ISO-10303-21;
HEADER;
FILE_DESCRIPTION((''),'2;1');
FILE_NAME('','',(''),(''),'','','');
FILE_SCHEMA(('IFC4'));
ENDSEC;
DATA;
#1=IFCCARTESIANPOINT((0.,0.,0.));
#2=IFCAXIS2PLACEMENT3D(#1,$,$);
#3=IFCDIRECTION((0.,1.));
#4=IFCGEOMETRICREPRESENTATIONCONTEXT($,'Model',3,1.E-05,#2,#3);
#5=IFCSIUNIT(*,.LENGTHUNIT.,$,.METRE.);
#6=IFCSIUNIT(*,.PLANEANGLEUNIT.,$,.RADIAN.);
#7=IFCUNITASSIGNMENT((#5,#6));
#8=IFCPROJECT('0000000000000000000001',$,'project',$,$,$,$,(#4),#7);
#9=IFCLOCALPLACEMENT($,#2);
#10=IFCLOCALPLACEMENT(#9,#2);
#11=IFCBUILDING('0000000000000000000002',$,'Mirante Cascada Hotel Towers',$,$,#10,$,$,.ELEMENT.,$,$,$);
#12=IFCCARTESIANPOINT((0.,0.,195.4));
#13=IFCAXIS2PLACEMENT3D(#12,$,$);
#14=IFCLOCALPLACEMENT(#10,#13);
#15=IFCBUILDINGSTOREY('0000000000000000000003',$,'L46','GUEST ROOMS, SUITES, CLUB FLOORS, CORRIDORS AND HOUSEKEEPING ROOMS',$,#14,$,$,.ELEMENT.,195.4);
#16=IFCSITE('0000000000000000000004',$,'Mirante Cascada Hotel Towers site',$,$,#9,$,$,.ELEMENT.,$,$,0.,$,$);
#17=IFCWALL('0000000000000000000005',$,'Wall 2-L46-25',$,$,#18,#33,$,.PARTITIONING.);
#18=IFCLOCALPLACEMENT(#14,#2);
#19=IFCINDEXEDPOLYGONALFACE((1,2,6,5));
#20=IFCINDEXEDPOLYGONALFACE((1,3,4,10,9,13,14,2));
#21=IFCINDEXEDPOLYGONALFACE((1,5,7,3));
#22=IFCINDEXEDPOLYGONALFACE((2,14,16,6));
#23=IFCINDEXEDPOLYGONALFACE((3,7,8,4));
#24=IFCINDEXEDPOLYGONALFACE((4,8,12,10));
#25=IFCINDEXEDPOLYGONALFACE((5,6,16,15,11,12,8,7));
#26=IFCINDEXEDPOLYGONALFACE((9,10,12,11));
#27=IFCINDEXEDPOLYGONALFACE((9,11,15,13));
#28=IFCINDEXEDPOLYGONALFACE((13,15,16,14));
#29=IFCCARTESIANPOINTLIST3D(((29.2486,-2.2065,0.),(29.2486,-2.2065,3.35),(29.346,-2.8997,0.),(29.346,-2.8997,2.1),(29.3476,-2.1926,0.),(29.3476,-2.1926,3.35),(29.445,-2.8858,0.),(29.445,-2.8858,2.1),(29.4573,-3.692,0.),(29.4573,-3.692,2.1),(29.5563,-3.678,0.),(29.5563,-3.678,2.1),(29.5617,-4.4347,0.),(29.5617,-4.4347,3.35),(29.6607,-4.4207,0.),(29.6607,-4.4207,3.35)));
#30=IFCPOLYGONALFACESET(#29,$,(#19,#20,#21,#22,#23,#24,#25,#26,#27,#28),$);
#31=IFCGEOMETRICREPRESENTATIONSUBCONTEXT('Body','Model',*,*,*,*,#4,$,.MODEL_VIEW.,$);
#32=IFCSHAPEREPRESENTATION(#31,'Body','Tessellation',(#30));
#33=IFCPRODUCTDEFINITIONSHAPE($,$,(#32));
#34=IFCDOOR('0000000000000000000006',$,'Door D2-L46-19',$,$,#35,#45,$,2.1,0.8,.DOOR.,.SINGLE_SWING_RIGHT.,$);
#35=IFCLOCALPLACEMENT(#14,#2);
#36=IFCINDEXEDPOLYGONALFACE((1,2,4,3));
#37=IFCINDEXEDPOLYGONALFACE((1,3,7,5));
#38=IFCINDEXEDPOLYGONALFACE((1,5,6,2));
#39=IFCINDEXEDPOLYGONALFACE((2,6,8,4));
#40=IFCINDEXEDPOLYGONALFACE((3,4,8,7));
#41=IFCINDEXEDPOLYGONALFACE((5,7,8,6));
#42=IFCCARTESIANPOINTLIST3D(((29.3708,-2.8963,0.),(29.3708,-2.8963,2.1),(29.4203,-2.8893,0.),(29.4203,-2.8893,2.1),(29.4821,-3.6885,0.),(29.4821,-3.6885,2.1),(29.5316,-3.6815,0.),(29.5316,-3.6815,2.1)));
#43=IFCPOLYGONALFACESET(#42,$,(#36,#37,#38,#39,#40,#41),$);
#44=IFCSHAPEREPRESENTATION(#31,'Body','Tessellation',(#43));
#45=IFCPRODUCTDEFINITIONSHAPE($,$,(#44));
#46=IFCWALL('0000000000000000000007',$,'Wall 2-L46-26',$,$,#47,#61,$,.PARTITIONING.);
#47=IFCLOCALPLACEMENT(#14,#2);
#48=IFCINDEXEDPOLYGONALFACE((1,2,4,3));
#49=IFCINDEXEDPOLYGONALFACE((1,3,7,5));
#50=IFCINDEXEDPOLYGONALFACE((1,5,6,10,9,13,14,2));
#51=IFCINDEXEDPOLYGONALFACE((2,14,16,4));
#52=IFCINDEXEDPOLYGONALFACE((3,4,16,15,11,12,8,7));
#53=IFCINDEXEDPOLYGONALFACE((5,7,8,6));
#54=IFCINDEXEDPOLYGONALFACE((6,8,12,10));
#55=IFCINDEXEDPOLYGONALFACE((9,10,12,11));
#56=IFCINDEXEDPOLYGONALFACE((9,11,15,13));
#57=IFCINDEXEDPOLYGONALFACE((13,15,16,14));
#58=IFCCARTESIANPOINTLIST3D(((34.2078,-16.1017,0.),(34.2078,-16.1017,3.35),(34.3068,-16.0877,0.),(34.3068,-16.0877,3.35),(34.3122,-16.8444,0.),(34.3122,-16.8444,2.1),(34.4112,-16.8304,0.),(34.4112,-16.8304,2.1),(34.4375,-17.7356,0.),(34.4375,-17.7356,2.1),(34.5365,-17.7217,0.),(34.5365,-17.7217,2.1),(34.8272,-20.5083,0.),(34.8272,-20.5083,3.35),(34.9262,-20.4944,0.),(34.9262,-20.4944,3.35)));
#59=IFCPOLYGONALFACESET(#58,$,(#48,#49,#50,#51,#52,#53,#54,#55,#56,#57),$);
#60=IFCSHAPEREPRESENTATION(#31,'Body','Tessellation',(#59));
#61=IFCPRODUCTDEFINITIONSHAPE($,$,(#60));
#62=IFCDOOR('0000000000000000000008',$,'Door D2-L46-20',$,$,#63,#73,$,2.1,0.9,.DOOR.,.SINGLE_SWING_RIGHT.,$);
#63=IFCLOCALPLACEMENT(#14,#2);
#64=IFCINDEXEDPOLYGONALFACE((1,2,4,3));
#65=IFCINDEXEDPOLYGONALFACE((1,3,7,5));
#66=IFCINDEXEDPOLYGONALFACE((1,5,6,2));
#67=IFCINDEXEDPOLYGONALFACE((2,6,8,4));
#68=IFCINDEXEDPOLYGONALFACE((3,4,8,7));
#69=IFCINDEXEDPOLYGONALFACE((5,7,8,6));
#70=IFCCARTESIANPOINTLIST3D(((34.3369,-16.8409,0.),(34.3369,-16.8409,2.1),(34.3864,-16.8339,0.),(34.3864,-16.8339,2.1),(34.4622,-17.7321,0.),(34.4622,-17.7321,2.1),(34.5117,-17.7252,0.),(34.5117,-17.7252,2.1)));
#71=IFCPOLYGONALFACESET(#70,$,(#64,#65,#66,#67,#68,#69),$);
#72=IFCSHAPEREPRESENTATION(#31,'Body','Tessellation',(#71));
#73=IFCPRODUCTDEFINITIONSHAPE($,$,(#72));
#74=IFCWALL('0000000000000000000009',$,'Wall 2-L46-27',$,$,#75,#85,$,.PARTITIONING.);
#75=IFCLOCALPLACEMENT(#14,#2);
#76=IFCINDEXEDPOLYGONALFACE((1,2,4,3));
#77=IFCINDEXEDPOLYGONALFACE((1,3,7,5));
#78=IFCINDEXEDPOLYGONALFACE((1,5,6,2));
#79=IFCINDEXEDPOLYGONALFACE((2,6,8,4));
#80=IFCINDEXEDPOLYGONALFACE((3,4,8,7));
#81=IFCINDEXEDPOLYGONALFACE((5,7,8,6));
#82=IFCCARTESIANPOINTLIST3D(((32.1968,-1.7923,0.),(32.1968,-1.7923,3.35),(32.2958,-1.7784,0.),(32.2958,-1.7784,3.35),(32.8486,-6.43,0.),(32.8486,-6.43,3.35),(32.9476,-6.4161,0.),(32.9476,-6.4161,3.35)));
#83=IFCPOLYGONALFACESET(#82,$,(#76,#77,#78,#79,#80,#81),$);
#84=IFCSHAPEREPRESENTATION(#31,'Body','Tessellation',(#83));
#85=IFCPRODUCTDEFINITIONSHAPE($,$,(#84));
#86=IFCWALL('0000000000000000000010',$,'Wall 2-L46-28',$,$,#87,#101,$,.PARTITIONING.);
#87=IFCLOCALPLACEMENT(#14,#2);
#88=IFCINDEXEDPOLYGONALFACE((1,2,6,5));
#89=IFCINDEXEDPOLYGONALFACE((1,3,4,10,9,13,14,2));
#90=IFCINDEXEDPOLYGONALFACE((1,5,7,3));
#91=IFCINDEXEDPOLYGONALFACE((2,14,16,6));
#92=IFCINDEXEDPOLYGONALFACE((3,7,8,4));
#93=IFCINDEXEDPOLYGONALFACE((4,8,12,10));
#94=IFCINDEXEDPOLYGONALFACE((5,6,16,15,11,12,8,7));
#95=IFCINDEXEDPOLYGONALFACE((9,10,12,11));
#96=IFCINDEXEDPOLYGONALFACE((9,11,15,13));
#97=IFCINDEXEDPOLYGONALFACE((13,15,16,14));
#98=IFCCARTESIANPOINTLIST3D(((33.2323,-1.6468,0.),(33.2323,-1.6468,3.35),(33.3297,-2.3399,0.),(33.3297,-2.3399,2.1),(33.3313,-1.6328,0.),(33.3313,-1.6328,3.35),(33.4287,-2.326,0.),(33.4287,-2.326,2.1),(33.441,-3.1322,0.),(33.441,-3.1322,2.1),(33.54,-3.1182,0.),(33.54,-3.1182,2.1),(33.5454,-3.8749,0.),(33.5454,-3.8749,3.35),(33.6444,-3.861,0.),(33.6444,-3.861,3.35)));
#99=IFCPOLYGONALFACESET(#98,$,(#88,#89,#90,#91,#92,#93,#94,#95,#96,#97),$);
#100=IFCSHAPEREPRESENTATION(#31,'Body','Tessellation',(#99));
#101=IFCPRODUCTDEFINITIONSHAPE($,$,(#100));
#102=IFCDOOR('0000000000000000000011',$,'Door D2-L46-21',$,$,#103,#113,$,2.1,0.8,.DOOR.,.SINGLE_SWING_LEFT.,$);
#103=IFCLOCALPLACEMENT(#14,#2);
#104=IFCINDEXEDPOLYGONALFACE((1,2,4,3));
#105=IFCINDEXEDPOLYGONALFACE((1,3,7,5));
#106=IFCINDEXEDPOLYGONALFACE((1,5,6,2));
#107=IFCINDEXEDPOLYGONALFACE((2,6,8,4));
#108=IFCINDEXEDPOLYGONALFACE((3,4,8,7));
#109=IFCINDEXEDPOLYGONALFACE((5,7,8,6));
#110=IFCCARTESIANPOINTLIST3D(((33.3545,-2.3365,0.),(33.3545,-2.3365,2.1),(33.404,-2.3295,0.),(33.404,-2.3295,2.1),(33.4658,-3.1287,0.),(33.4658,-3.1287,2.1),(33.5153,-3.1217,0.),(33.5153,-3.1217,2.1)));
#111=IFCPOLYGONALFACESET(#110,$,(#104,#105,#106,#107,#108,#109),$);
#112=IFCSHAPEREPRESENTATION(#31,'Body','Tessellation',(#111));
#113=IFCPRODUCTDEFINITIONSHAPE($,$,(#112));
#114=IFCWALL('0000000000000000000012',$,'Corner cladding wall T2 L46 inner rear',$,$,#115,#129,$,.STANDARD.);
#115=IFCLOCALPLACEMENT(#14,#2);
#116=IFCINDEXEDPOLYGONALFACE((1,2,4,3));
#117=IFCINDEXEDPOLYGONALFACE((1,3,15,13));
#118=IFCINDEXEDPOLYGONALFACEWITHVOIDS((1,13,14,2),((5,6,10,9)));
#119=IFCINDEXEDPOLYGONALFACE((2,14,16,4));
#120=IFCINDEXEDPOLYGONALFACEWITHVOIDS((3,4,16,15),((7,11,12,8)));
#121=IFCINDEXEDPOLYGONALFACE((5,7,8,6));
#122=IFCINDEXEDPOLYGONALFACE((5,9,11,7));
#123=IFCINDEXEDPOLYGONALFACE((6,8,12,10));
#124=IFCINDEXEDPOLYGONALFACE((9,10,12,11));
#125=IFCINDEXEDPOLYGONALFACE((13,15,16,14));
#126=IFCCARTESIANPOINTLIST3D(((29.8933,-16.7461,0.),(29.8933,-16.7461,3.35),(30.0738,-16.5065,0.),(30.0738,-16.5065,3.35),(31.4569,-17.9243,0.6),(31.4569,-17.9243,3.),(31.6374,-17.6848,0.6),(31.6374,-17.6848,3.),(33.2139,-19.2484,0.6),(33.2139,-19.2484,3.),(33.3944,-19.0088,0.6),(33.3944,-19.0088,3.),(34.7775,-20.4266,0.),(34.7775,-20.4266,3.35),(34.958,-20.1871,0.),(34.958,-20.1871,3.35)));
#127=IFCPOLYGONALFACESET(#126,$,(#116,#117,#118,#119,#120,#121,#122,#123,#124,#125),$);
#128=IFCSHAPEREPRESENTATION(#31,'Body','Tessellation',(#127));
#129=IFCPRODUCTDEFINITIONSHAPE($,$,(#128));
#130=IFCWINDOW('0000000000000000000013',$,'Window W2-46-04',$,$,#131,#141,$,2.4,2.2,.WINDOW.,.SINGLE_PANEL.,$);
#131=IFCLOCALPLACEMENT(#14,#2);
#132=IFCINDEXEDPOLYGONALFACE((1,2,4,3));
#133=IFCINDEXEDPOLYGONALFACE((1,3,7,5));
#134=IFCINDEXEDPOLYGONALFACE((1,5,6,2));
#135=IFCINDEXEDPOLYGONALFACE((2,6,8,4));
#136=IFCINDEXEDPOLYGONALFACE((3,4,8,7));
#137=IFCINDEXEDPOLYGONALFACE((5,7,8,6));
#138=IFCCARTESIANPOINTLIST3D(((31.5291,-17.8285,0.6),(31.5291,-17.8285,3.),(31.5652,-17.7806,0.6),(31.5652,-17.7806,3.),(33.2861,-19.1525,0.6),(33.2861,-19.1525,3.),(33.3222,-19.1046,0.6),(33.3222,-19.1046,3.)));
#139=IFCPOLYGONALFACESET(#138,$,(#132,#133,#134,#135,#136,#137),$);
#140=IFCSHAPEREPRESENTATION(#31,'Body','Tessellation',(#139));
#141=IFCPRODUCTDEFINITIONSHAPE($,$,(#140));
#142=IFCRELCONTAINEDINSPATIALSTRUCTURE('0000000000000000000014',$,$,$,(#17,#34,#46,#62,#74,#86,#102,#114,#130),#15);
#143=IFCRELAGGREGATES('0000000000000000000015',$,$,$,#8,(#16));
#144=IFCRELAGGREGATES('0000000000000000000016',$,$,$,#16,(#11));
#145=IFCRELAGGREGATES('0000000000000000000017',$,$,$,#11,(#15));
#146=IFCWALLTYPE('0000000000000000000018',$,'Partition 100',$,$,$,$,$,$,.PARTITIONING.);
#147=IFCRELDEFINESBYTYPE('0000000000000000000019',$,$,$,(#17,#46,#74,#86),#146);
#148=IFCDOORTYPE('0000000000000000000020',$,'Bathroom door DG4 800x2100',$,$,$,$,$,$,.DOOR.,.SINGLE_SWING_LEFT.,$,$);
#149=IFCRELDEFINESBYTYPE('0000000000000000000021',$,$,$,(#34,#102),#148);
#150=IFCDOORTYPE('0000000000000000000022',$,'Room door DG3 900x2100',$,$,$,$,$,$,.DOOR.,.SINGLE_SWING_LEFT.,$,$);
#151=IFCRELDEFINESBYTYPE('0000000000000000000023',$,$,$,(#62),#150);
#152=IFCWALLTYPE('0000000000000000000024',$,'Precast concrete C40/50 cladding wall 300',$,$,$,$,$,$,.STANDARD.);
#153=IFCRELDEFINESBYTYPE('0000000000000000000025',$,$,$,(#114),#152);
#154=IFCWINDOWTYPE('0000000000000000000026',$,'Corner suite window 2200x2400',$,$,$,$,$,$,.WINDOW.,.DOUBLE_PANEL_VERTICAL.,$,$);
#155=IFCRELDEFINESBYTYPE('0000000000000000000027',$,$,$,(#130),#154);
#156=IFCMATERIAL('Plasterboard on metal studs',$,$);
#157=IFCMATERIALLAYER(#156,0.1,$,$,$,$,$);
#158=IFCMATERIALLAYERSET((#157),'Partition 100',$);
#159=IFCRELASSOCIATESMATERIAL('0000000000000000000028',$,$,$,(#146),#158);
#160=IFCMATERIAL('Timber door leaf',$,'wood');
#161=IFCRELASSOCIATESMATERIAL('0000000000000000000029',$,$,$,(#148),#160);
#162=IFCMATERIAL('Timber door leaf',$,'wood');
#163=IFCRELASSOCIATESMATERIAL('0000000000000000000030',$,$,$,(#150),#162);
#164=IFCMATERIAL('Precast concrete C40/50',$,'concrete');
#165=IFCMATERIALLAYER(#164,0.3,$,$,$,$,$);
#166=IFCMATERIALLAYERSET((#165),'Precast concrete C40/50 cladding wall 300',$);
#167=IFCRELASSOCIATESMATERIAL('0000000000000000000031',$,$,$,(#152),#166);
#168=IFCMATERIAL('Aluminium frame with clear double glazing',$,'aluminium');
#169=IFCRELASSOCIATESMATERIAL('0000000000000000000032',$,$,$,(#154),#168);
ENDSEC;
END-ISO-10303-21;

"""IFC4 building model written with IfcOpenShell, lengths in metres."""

from ifc_helpers import new_model, si_unit, direction, frame, frame_2d, origin, place, context, subcontext, project, spatial, rectangle, extrude, material, layer, layer_set, type_object, element, fill, save


model = new_model("IFC4")

# Units and contexts
model_context = context("Model", 3, precision=1e-05, world=origin(), true_north=direction((0.0, 1.0)))
body_context = subcontext(model_context, "Body", "Model", "MODEL_VIEW")
ifc_project = project(units=[si_unit("LENGTHUNIT", "METRE"), si_unit("PLANEANGLEUNIT", "RADIAN")], contexts=[model_context])

# Site, building, storey
site_placement = place(None, origin())
site = spatial("IfcSite", under=ifc_project, at=site_placement, Name="Mirante Cascada Hotel Towers site", CompositionType="ELEMENT", RefElevation=0.0)
building_placement = place(site_placement, origin())
building = spatial("IfcBuilding", under=site, at=building_placement, Name="Mirante Cascada Hotel Towers", CompositionType="ELEMENT")
storey_placement = place(building_placement, frame((0.0, 0.0, 195.4)))
storey = spatial("IfcBuildingStorey", under=building, at=storey_placement, Name="L46", Description="GUEST ROOMS, SUITES, CLUB FLOORS, CORRIDORS AND HOUSEKEEPING ROOMS", CompositionType="ELEMENT", Elevation=195.4)

# Shared definitions
ifc_material_1 = material(Name="Plasterboard on metal studs")
ifc_layer_1 = layer(ifc_material_1, 0.1)
ifc_layer_set_1 = layer_set([ifc_layer_1], Name="Partition 100")
wall_type_1 = type_object("IfcWallType", Name="Partition 100", PredefinedType="PARTITIONING", material=ifc_layer_set_1)

# Walls, openings, doors
wall_1_placement = place(storey_placement, frame((29.6112, -4.4277, 0.0), z_axis=(0.0, 0.0, 1.0), x_axis=(-0.139156, 0.990271, 0.0)))
wall_1 = element("IfcWall", 1, at=wall_1_placement, inside=storey, type_object=wall_type_1, Name="Wall 2-L46-25", PredefinedType="PARTITIONING", context=body_context, shape_type="SweptSolid", body=[
    extrude(rectangle(XDim=2.25, YDim=0.1, at=frame_2d((1.125, 0.0))), origin(), (0.0, 0.0, 1.0), 3.35),
])
opening_1_placement = place(wall_1_placement, frame((0.75, 0.0, 0.0)))
opening_1 = element("IfcOpeningElement", 2, at=opening_1_placement, cuts=wall_1, PredefinedType="OPENING", context=body_context, shape_type="SweptSolid", body=[
    extrude(rectangle(XDim=0.8, YDim=2.1, at=frame_2d((0.4, 1.05))), frame((0.0, 0.05, 0.0), z_axis=(0.0, -1.0, 0.0), x_axis=(1.0, 0.0, 0.0)), (0.0, 0.0, 1.0), 0.1),
])
ifc_material_2 = material(Name="Timber door leaf", Category="wood")
door_type_1 = type_object("IfcDoorType", Name="Bathroom door DG4 800x2100", OperationType="SINGLE_SWING_LEFT", PredefinedType="DOOR", material=ifc_material_2)
door_1_placement = place(opening_1_placement, frame((0.8, 0.0, 0.0), z_axis=(0.0, 0.0, 1.0), x_axis=(-1.0, 0.0, 0.0)))
door_1 = element("IfcDoor", 3, at=door_1_placement, inside=storey, type_object=door_type_1, Name="Door D2-L46-19", OperationType="SINGLE_SWING_RIGHT", OverallHeight=2.1, OverallWidth=0.8, PredefinedType="DOOR", context=body_context, shape_type="SweptSolid", body=[
    extrude(rectangle(XDim=0.8, YDim=2.1, at=frame_2d((0.4, 1.05))), frame((0.0, 0.025, 0.0), z_axis=(0.0, -1.0, 0.0), x_axis=(1.0, 0.0, 0.0)), (0.0, 0.0, 1.0), 0.05),
])
fill(opening_1, door_1)
wall_2_placement = place(storey_placement, frame((34.2573, -16.0947, 0.0), z_axis=(0.0, 0.0, 1.0), x_axis=(0.13919, -0.990266, 0.0)))
wall_2 = element("IfcWall", 4, at=wall_2_placement, inside=storey, type_object=wall_type_1, Name="Wall 2-L46-26", PredefinedType="PARTITIONING", context=body_context, shape_type="SweptSolid", body=[
    extrude(rectangle(XDim=4.45, YDim=0.1, at=frame_2d((2.225, 0.0))), origin(), (0.0, 0.0, 1.0), 3.35),
])
opening_2_placement = place(wall_2_placement, frame((0.75, 0.0, 0.0)))
opening_2 = element("IfcOpeningElement", 5, at=opening_2_placement, cuts=wall_2, PredefinedType="OPENING", context=body_context, shape_type="SweptSolid", body=[
    extrude(rectangle(XDim=0.9, YDim=2.1, at=frame_2d((0.45, 1.05))), frame((0.0, 0.05, 0.0), z_axis=(0.0, -1.0, 0.0), x_axis=(1.0, 0.0, 0.0)), (0.0, 0.0, 1.0), 0.1),
])
ifc_material_3 = material(Name="Timber door leaf", Category="wood")
door_type_2 = type_object("IfcDoorType", Name="Room door DG3 900x2100", OperationType="SINGLE_SWING_LEFT", PredefinedType="DOOR", material=ifc_material_3)
door_2_placement = place(opening_2_placement, frame((0.9, 0.0, 0.0), z_axis=(0.0, 0.0, 1.0), x_axis=(-1.0, 0.0, 0.0)))
door_2 = element("IfcDoor", 6, at=door_2_placement, inside=storey, type_object=door_type_2, Name="Door D2-L46-20", OperationType="SINGLE_SWING_RIGHT", OverallHeight=2.1, OverallWidth=0.9, PredefinedType="DOOR", context=body_context, shape_type="SweptSolid", body=[
    extrude(rectangle(XDim=0.9, YDim=2.1, at=frame_2d((0.45, 1.05))), frame((0.0, 0.025, 0.0), z_axis=(0.0, -1.0, 0.0), x_axis=(1.0, 0.0, 0.0)), (0.0, 0.0, 1.0), 0.05),
])
fill(opening_2, door_2)

# Wall
wall_3_placement = place(storey_placement, frame((32.8981, -6.423, 0.0), z_axis=(0.0, 0.0, 1.0), x_axis=(-0.139176, 0.990268, 0.0)))
element("IfcWall", 7, at=wall_3_placement, inside=storey, type_object=wall_type_1, Name="Wall 2-L46-27", PredefinedType="PARTITIONING", context=body_context, shape_type="SweptSolid", body=[
    extrude(rectangle(XDim=4.6833, YDim=0.1, at=frame_2d((2.3416, 0.0))), origin(), (0.0, 0.0, 1.0), 3.35),
])

# Wall, opening, door
wall_4_placement = place(storey_placement, frame((33.2818, -1.6398, 0.0), z_axis=(0.0, 0.0, 1.0), x_axis=(0.139156, -0.990271, 0.0)))
wall_4 = element("IfcWall", 8, at=wall_4_placement, inside=storey, type_object=wall_type_1, Name="Wall 2-L46-28", PredefinedType="PARTITIONING", context=body_context, shape_type="SweptSolid", body=[
    extrude(rectangle(XDim=2.25, YDim=0.1, at=frame_2d((1.125, 0.0))), origin(), (0.0, 0.0, 1.0), 3.35),
])
opening_3_placement = place(wall_4_placement, frame((0.7, 0.0, 0.0)))
opening_3 = element("IfcOpeningElement", 9, at=opening_3_placement, cuts=wall_4, PredefinedType="OPENING", context=body_context, shape_type="SweptSolid", body=[
    extrude(rectangle(XDim=0.8, YDim=2.1, at=frame_2d((0.4, 1.05))), frame((0.0, 0.05, 0.0), z_axis=(0.0, -1.0, 0.0), x_axis=(1.0, 0.0, 0.0)), (0.0, 0.0, 1.0), 0.1),
])
door_3_placement = place(opening_3_placement, origin())
door_3 = element("IfcDoor", 10, at=door_3_placement, inside=storey, type_object=door_type_1, Name="Door D2-L46-21", OperationType="SINGLE_SWING_LEFT", OverallHeight=2.1, OverallWidth=0.8, PredefinedType="DOOR", context=body_context, shape_type="SweptSolid", body=[
    extrude(rectangle(XDim=0.8, YDim=2.1, at=frame_2d((0.4, 1.05))), frame((0.0, 0.025, 0.0), z_axis=(0.0, -1.0, 0.0), x_axis=(1.0, 0.0, 0.0)), (0.0, 0.0, 1.0), 0.05),
])
fill(opening_3, door_3)

# Wall, opening, window
ifc_material_4 = material(Name="Precast concrete C40/50", Category="concrete")
ifc_layer_2 = layer(ifc_material_4, 0.3)
ifc_layer_set_2 = layer_set([ifc_layer_2], Name="Precast concrete C40/50 cladding wall 300")
wall_type_2 = type_object("IfcWallType", Name="Precast concrete C40/50 cladding wall 300", PredefinedType="STANDARD", material=ifc_layer_set_2)
wall_5_placement = place(storey_placement, frame((29.9836, -16.6263, 0.0), z_axis=(0.0, 0.0, 1.0), x_axis=(0.798628, -0.601824, 0.0)))
wall_5 = element("IfcWall", 11, at=wall_5_placement, inside=storey, type_object=wall_type_2, Name="Corner cladding wall T2 L46 inner rear", PredefinedType="STANDARD", context=body_context, shape_type="SweptSolid", body=[
    extrude(rectangle(XDim=6.1157, YDim=0.3, at=frame_2d((3.0578, 0.0))), origin(), (0.0, 0.0, 1.0), 3.35),
])
opening_4_placement = place(wall_5_placement, frame((1.9578, 0.0, 0.6)))
opening_4 = element("IfcOpeningElement", 12, at=opening_4_placement, cuts=wall_5, PredefinedType="OPENING", context=body_context, shape_type="SweptSolid", body=[
    extrude(rectangle(XDim=2.2, YDim=2.4, at=frame_2d((1.1, 1.2))), frame((0.0, 0.15, 0.0), z_axis=(0.0, -1.0, 0.0), x_axis=(1.0, 0.0, 0.0)), (0.0, 0.0, 1.0), 0.3),
])
ifc_material_5 = material(Name="Aluminium frame with clear double glazing", Category="aluminium")
window_type = type_object("IfcWindowType", Name="Corner suite window 2200x2400", PartitioningType="DOUBLE_PANEL_VERTICAL", PredefinedType="WINDOW", material=ifc_material_5)
window_placement = place(opening_4_placement, origin())
window = element("IfcWindow", 13, at=window_placement, inside=storey, type_object=window_type, Name="Window W2-46-04", OverallHeight=2.4, OverallWidth=2.2, PartitioningType="SINGLE_PANEL", PredefinedType="WINDOW", context=body_context, shape_type="SweptSolid", body=[
    extrude(rectangle(XDim=2.2, YDim=2.4, at=frame_2d((1.1, 1.2))), frame((0.0, 0.03, 0.0), z_axis=(0.0, -1.0, 0.0), x_axis=(1.0, 0.0, 0.0)), (0.0, 0.0, 1.0), 0.06),
])
fill(opening_4, window)

save(model, "model.ifc")
